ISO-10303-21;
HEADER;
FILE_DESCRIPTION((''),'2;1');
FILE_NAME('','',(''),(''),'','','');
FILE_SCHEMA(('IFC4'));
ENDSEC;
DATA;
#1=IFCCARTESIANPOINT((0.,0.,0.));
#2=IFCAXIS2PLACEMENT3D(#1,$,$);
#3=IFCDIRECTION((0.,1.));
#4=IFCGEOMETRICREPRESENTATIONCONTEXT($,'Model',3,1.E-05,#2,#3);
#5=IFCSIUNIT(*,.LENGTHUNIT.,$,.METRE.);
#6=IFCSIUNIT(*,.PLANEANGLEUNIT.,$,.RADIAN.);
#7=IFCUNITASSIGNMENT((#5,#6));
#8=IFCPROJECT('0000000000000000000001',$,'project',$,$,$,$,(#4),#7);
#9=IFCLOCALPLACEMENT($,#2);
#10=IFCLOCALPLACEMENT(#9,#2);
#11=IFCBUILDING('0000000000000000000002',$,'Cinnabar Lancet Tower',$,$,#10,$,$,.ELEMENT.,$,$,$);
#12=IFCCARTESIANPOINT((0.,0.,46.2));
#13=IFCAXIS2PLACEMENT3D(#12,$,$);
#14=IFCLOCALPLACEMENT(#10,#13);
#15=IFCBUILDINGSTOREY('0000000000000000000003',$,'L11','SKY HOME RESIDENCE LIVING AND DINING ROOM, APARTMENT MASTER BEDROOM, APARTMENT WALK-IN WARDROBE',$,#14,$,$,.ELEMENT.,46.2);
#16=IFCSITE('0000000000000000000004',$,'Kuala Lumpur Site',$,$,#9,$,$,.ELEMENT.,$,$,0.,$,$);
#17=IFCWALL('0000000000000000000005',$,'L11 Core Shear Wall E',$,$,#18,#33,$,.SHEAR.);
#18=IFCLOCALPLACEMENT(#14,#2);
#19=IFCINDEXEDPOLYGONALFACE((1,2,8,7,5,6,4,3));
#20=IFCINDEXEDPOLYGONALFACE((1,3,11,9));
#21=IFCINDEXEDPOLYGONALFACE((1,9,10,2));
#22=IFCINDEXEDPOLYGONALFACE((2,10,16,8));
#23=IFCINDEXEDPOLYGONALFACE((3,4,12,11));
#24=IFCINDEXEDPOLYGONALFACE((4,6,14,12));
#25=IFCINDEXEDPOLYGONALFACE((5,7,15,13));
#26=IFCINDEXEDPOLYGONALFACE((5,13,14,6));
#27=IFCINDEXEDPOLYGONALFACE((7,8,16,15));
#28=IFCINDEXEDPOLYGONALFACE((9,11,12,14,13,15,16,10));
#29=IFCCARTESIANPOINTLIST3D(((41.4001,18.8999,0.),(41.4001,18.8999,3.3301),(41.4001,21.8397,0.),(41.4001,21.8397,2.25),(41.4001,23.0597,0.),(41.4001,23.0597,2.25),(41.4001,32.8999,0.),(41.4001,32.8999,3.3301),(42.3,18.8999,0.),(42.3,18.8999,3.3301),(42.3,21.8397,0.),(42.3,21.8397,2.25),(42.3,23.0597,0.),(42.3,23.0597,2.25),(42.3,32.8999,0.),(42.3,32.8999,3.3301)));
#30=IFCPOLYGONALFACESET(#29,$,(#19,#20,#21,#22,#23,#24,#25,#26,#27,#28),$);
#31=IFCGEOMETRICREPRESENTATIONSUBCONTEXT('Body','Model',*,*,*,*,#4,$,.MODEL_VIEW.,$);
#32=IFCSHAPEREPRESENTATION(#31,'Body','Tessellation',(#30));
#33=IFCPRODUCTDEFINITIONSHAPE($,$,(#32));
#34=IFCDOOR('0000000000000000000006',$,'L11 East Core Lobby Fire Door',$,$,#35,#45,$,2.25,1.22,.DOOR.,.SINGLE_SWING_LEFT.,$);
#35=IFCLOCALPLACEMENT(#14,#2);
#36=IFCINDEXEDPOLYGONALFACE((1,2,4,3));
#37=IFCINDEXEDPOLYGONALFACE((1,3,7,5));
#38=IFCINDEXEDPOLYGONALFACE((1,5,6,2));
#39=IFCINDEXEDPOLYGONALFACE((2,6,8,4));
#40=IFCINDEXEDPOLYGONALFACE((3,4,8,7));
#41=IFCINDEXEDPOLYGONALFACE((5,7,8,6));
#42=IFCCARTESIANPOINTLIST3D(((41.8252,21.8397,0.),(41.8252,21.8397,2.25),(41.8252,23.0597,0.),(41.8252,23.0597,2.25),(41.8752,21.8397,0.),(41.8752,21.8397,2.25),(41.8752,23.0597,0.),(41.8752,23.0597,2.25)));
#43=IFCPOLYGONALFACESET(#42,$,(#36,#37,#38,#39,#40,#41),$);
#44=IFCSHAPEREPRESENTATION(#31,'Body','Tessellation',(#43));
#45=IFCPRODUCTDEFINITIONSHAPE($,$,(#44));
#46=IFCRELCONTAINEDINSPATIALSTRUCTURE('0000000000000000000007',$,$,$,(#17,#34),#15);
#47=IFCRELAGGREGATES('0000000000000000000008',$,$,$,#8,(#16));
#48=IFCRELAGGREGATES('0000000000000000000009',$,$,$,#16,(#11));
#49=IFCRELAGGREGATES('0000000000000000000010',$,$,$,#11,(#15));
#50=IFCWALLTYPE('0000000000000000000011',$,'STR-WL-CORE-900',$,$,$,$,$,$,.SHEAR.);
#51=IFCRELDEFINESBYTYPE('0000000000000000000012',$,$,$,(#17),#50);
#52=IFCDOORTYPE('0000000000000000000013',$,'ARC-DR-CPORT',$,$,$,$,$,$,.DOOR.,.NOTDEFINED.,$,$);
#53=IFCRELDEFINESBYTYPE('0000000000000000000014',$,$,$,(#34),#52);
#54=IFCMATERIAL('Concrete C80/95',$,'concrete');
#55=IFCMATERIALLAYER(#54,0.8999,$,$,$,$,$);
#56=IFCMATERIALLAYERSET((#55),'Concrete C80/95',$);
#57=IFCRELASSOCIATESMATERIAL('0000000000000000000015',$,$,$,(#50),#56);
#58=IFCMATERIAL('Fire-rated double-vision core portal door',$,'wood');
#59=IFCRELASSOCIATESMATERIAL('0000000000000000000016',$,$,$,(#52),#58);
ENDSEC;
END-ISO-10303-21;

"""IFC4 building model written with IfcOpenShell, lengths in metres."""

from ifc_helpers import new_model, si_unit, direction, frame, frame_2d, origin, place, context, subcontext, project, spatial, rectangle, extrude, material, layer, layer_set, type_object, element, fill, save


model = new_model("IFC4")

# Units and contexts
model_context = context("Model", 3, precision=1e-05, world=origin(), true_north=direction((0.0, 1.0)))
body_context = subcontext(model_context, "Body", "Model", "MODEL_VIEW")
ifc_project = project(units=[si_unit("LENGTHUNIT", "METRE"), si_unit("PLANEANGLEUNIT", "RADIAN")], contexts=[model_context])

# Site, building, storey
site_placement = place(None, origin())
site = spatial("IfcSite", under=ifc_project, at=site_placement, Name="Kuala Lumpur Site", CompositionType="ELEMENT", RefElevation=0.0)
building_placement = place(site_placement, origin())
building = spatial("IfcBuilding", under=site, at=building_placement, Name="Cinnabar Lancet Tower", CompositionType="ELEMENT")
storey_placement = place(building_placement, frame((0.0, 0.0, 46.2)))
storey = spatial("IfcBuildingStorey", under=building, at=storey_placement, Name="L11", Description="SKY HOME RESIDENCE LIVING AND DINING ROOM, APARTMENT MASTER BEDROOM, APARTMENT WALK-IN WARDROBE", CompositionType="ELEMENT", Elevation=46.2)

# Wall, opening, door
ifc_material_1 = material(Name="Concrete C80/95", Category="concrete")
ifc_layer_1 = layer(ifc_material_1, 0.8999)
ifc_layer_set_1 = layer_set([ifc_layer_1], Name="Concrete C80/95")
wall_type_1 = type_object("IfcWallType", Name="STR-WL-CORE-900", PredefinedType="SHEAR", material=ifc_layer_set_1)
wall_1_placement = place(storey_placement, frame((41.8501, 18.8999, 0.0), z_axis=(0.0, 0.0, 1.0), x_axis=(0.0, 1.0, 0.0)))
wall_1 = element("IfcWall", 1, at=wall_1_placement, inside=storey, type_object=wall_type_1, Name="L11 Core Shear Wall E", PredefinedType="SHEAR", context=body_context, shape_type="SweptSolid", body=[
    extrude(rectangle(XDim=14.0, YDim=0.8999, at=frame_2d((7.0, 0.0))), origin(), (0.0, 0.0, 1.0), 3.3301),
])
opening_1_placement = place(wall_1_placement, frame((2.9399, 0.0, 0.0)))
opening_1 = element("IfcOpeningElement", 2, at=opening_1_placement, cuts=wall_1, PredefinedType="OPENING", context=body_context, shape_type="SweptSolid", body=[
    extrude(rectangle(XDim=1.22, YDim=2.25, at=frame_2d((0.6099, 1.125))), frame((0.0, 0.46, 0.0), z_axis=(0.0, -1.0, 0.0), x_axis=(1.0, 0.0, 0.0)), (0.0, 0.0, 1.0), 0.9199),
])
ifc_material_2 = material(Name="Fire-rated double-vision core portal door", Category="wood")
door_type = type_object("IfcDoorType", Name="ARC-DR-CPORT", OperationType="NOTDEFINED", PredefinedType="DOOR", material=ifc_material_2)
door_placement = place(opening_1_placement, origin())
door = element("IfcDoor", 3, at=door_placement, inside=storey, type_object=door_type, Name="L11 East Core Lobby Fire Door", OperationType="SINGLE_SWING_LEFT", OverallHeight=2.25, OverallWidth=1.22, PredefinedType="DOOR", context=body_context, shape_type="SweptSolid", body=[
    extrude(rectangle(XDim=1.22, YDim=2.25, at=frame_2d((0.6099, 1.125))), frame((0.0, 0.0249, 0.0), z_axis=(0.0, -1.0, 0.0), x_axis=(1.0, 0.0, 0.0)), (0.0, 0.0, 1.0), 0.05),
])
fill(opening_1, door)

save(model, "model.ifc")
